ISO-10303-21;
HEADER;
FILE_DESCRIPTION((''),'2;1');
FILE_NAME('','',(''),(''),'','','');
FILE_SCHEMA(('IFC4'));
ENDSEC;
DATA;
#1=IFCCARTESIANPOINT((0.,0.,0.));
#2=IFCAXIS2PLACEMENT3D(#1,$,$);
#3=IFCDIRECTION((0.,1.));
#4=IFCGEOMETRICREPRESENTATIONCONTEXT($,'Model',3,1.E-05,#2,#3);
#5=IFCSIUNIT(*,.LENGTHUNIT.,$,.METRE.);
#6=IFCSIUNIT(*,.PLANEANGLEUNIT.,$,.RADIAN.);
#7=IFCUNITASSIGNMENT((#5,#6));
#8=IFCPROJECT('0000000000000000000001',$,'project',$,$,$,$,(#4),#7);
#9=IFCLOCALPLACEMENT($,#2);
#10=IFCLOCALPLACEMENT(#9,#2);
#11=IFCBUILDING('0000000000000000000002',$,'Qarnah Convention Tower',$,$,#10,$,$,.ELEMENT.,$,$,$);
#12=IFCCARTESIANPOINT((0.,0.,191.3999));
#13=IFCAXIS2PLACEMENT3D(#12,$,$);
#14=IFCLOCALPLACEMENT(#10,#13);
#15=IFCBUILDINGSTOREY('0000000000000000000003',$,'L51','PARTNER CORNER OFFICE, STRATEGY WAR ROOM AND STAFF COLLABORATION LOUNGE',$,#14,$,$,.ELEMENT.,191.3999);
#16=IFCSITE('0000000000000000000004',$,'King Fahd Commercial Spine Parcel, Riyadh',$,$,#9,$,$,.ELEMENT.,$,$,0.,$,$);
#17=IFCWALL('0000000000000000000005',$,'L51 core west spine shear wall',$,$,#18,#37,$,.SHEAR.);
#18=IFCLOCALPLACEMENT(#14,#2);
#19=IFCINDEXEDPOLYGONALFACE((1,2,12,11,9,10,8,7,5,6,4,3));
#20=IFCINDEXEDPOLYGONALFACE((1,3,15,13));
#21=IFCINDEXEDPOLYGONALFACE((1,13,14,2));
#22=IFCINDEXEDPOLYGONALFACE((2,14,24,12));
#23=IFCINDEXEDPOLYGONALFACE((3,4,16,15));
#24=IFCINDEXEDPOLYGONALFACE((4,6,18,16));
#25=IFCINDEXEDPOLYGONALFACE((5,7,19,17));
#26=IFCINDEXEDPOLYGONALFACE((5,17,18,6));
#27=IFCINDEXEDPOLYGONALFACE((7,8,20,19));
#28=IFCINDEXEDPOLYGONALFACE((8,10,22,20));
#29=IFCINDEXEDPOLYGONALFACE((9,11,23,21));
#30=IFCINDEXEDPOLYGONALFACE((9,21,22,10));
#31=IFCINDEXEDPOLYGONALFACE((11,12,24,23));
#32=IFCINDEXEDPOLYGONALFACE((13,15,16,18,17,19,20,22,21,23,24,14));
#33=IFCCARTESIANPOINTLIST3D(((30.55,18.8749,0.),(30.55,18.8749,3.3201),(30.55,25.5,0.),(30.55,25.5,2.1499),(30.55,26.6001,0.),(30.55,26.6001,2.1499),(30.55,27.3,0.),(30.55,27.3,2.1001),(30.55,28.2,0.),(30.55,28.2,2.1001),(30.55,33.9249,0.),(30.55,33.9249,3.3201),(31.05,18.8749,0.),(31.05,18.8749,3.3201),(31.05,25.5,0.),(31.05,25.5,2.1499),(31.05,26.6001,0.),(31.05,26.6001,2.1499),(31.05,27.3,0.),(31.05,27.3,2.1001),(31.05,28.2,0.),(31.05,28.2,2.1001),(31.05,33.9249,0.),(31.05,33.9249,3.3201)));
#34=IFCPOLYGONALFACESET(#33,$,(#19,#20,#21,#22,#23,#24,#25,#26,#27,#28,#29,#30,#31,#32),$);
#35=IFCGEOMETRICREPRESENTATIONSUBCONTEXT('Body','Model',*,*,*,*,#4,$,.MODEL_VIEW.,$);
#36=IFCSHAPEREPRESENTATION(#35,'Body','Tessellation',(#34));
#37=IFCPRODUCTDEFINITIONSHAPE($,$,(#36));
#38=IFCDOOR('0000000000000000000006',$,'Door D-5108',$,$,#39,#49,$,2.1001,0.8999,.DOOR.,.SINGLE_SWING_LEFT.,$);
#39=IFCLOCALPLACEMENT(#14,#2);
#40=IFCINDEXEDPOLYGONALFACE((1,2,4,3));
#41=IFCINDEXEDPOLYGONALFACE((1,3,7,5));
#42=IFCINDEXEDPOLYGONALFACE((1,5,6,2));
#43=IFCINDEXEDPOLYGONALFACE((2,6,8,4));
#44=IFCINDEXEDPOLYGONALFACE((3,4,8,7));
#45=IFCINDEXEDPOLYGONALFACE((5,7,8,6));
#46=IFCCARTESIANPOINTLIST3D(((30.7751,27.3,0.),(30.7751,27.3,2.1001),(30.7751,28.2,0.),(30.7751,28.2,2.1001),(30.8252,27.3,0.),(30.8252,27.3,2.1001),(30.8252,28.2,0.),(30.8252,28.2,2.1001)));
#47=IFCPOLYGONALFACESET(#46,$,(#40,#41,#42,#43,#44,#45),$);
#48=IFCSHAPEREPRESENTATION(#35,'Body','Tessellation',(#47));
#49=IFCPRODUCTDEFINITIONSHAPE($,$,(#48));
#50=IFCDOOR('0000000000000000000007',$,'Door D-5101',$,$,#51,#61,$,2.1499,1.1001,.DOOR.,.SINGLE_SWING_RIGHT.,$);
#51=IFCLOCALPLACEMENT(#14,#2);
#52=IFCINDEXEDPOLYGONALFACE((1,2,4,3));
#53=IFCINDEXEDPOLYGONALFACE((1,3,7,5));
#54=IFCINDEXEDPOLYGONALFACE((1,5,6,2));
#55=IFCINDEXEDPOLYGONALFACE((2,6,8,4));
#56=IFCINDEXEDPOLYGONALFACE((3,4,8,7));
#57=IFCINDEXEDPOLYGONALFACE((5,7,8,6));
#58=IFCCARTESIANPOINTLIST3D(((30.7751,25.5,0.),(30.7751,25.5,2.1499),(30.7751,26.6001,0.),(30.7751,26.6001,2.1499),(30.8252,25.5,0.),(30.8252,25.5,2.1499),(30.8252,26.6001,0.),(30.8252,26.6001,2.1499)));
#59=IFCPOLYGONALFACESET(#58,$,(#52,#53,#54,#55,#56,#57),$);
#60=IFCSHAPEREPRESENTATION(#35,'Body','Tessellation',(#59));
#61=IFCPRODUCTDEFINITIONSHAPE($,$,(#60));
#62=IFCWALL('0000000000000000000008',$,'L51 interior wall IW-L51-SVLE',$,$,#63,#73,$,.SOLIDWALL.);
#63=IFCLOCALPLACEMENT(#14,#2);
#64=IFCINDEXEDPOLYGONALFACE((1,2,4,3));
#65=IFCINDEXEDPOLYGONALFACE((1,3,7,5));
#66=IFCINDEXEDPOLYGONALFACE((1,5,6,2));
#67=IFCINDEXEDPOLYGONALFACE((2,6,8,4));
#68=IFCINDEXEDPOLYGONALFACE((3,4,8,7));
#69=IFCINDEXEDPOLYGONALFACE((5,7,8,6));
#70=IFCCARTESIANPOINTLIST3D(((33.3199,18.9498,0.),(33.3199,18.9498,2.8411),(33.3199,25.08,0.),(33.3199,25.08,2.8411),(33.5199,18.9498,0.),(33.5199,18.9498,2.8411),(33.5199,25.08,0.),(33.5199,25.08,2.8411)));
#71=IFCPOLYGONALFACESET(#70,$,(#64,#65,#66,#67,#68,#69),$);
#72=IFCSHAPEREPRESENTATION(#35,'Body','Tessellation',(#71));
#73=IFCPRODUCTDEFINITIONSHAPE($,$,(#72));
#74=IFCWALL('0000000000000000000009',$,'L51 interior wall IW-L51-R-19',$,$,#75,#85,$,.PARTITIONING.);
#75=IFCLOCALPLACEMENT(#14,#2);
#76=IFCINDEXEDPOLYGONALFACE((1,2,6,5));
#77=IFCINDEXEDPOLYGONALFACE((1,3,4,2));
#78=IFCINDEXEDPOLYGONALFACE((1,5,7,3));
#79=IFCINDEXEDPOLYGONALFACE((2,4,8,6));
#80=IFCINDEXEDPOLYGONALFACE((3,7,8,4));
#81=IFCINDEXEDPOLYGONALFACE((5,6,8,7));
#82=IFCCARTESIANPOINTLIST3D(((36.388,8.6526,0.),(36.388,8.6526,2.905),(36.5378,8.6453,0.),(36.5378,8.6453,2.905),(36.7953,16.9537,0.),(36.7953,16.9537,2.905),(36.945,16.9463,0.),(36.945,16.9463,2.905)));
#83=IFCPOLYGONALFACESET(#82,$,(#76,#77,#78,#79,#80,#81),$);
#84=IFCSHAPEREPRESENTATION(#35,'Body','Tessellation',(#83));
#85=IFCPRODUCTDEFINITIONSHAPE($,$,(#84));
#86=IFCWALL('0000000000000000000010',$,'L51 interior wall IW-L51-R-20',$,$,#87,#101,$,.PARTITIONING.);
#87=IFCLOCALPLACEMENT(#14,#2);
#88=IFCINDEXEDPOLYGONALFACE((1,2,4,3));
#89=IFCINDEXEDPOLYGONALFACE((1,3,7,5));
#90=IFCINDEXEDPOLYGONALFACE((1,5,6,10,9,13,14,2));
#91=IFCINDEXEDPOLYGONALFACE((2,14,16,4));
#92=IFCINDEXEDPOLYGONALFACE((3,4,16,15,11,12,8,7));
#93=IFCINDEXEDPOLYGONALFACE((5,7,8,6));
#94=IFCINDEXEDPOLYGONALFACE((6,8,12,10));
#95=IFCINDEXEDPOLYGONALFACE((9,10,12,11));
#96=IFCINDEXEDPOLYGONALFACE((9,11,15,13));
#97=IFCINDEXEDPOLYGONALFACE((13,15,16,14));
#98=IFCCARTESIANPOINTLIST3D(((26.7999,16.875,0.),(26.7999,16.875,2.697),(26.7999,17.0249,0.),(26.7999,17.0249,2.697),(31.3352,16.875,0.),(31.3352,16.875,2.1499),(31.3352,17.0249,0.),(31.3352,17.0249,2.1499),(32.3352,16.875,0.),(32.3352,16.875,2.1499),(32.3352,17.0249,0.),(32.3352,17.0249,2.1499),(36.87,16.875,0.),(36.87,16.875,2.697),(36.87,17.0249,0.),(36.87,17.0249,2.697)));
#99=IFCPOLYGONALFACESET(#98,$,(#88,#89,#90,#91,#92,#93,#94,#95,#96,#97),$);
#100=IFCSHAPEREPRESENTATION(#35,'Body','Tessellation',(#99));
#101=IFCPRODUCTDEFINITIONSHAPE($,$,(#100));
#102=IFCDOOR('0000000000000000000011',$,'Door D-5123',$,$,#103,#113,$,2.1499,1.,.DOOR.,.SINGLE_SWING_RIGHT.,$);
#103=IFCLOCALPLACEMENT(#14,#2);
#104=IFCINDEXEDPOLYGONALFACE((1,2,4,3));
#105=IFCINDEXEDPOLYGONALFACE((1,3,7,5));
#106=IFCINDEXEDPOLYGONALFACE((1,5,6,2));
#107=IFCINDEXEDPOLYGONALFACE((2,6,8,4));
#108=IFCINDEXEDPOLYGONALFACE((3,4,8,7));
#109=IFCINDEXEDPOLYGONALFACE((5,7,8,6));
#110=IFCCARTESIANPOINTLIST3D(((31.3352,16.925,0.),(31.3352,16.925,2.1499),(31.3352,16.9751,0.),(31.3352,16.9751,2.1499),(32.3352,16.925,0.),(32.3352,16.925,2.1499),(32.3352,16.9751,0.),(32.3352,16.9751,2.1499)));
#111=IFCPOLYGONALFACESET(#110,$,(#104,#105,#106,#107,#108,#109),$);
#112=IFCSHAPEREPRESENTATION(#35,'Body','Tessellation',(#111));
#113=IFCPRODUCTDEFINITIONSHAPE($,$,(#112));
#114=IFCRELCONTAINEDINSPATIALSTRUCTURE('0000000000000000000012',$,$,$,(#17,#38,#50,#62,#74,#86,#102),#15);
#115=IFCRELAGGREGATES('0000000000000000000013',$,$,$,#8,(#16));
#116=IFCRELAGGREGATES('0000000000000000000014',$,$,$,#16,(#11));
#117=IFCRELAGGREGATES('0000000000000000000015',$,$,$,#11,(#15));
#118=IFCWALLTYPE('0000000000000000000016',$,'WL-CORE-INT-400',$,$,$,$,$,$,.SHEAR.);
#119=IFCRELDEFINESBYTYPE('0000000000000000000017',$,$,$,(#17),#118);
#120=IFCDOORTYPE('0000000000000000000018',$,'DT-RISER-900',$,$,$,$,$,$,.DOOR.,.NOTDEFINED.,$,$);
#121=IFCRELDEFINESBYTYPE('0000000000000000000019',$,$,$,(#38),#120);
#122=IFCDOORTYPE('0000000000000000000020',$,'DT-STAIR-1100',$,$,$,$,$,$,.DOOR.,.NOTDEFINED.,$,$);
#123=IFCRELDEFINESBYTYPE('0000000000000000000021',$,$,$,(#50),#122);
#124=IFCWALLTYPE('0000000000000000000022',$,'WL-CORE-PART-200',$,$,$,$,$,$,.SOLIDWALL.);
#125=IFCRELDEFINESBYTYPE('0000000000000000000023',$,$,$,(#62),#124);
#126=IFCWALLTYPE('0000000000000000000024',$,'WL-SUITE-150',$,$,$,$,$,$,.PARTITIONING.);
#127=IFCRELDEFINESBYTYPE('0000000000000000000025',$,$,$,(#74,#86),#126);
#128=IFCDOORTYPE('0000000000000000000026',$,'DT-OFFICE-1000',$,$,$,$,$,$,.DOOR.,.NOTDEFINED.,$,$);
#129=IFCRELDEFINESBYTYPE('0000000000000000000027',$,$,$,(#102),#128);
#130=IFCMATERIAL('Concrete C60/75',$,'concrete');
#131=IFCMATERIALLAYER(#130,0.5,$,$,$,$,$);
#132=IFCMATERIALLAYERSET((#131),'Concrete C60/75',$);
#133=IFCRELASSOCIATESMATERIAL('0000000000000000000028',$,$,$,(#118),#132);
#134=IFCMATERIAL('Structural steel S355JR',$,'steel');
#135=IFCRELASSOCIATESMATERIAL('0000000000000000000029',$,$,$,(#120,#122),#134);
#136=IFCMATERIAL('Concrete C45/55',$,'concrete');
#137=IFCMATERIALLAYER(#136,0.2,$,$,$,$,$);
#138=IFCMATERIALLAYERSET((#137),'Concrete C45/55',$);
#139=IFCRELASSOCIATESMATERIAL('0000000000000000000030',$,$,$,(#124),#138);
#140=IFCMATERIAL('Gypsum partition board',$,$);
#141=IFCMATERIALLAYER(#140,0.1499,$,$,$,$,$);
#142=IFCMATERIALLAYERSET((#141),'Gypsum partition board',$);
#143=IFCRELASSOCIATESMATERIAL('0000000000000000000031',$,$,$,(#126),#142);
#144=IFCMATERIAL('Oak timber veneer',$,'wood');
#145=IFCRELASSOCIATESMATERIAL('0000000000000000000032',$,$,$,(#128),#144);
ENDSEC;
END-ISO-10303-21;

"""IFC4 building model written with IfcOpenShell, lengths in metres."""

from ifc_helpers import new_model, si_unit, direction, frame, frame_2d, origin, place, context, subcontext, project, spatial, rectangle, extrude, material, layer, layer_set, type_object, element, fill, save


model = new_model("IFC4")

# Units and contexts
model_context = context("Model", 3, precision=1e-05, world=origin(), true_north=direction((0.0, 1.0)))
body_context = subcontext(model_context, "Body", "Model", "MODEL_VIEW")
ifc_project = project(units=[si_unit("LENGTHUNIT", "METRE"), si_unit("PLANEANGLEUNIT", "RADIAN")], contexts=[model_context])

# Site, building, storey
site_placement = place(None, origin())
site = spatial("IfcSite", under=ifc_project, at=site_placement, Name="King Fahd Commercial Spine Parcel, Riyadh", CompositionType="ELEMENT", RefElevation=0.0)
building_placement = place(site_placement, origin())
building = spatial("IfcBuilding", under=site, at=building_placement, Name="Qarnah Convention Tower", CompositionType="ELEMENT")
storey_placement = place(building_placement, frame((0.0, 0.0, 191.3999)))
storey = spatial("IfcBuildingStorey", under=building, at=storey_placement, Name="L51", Description="PARTNER CORNER OFFICE, STRATEGY WAR ROOM AND STAFF COLLABORATION LOUNGE", CompositionType="ELEMENT", Elevation=191.3999)

# Shared definitions
ifc_material_1 = material(Name="Structural steel S355JR", Category="steel")

# Wall, openings, doors
ifc_material_2 = material(Name="Concrete C60/75", Category="concrete")
ifc_layer_1 = layer(ifc_material_2, 0.5)
ifc_layer_set_1 = layer_set([ifc_layer_1], Name="Concrete C60/75")
wall_type_1 = type_object("IfcWallType", Name="WL-CORE-INT-400", PredefinedType="SHEAR", material=ifc_layer_set_1)
wall_1_placement = place(storey_placement, frame((30.8, 18.875, 0.0), z_axis=(0.0, 0.0, 1.0), x_axis=(0.0, 1.0, 0.0)))
wall_1 = element("IfcWall", 1, at=wall_1_placement, inside=storey, type_object=wall_type_1, Name="L51 core west spine shear wall", PredefinedType="SHEAR", context=body_context, shape_type="SweptSolid", body=[
    extrude(rectangle(XDim=15.05, YDim=0.5, at=frame_2d((7.5249, 0.0))), origin(), (0.0, 0.0, 1.0), 3.3201),
])
opening_1_placement = place(wall_1_placement, frame((6.625, 0.0, 0.0)))
opening_1 = element("IfcOpeningElement", 2, at=opening_1_placement, cuts=wall_1, PredefinedType="OPENING", context=body_context, shape_type="SweptSolid", body=[
    extrude(rectangle(XDim=1.1001, YDim=2.1499, at=frame_2d((0.55, 1.075))), frame((0.0, 0.26, 0.0), z_axis=(0.0, -1.0, 0.0), x_axis=(1.0, 0.0, 0.0)), (0.0, 0.0, 1.0), 0.52),
])
opening_2_placement = place(wall_1_placement, frame((8.425, 0.0, 0.0)))
opening_2 = element("IfcOpeningElement", 3, at=opening_2_placement, cuts=wall_1, PredefinedType="OPENING", context=body_context, shape_type="SweptSolid", body=[
    extrude(rectangle(XDim=0.8999, YDim=2.1001, at=frame_2d((0.45, 1.05))), frame((0.0, 0.26, 0.0), z_axis=(0.0, -1.0, 0.0), x_axis=(1.0, 0.0, 0.0)), (0.0, 0.0, 1.0), 0.52),
])
door_type_1 = type_object("IfcDoorType", Name="DT-RISER-900", OperationType="NOTDEFINED", PredefinedType="DOOR", material=ifc_material_1)
door_1_placement = place(opening_2_placement, origin())
door_1 = element("IfcDoor", 4, at=door_1_placement, inside=storey, type_object=door_type_1, Name="Door D-5108", OperationType="SINGLE_SWING_LEFT", OverallHeight=2.1001, OverallWidth=0.8999, PredefinedType="DOOR", context=body_context, shape_type="SweptSolid", body=[
    extrude(rectangle(XDim=0.8999, YDim=2.1001, at=frame_2d((0.45, 1.05))), frame((0.0, 0.0249, 0.0), z_axis=(0.0, -1.0, 0.0), x_axis=(1.0, 0.0, 0.0)), (0.0, 0.0, 1.0), 0.05),
])
fill(opening_2, door_1)
door_type_2 = type_object("IfcDoorType", Name="DT-STAIR-1100", OperationType="NOTDEFINED", PredefinedType="DOOR", material=ifc_material_1)
door_2_placement = place(opening_1_placement, origin())
door_2 = element("IfcDoor", 5, at=door_2_placement, inside=storey, type_object=door_type_2, Name="Door D-5101", OperationType="SINGLE_SWING_RIGHT", OverallHeight=2.1499, OverallWidth=1.1001, PredefinedType="DOOR", context=body_context, shape_type="SweptSolid", body=[
    extrude(rectangle(XDim=1.1001, YDim=2.1499, at=frame_2d((0.55, 1.075))), frame((0.0, 0.0249, 0.0), z_axis=(0.0, -1.0, 0.0), x_axis=(1.0, 0.0, 0.0)), (0.0, 0.0, 1.0), 0.05),
])
fill(opening_1, door_2)

# Walls
ifc_material_3 = material(Name="Concrete C45/55", Category="concrete")
ifc_layer_2 = layer(ifc_material_3, 0.2)
ifc_layer_set_2 = layer_set([ifc_layer_2], Name="Concrete C45/55")
wall_type_2 = type_object("IfcWallType", Name="WL-CORE-PART-200", PredefinedType="SOLIDWALL", material=ifc_layer_set_2)
wall_2_placement = place(storey_placement, frame((33.4199, 18.95, 0.0), z_axis=(0.0, 0.0, 1.0), x_axis=(0.0, 1.0, 0.0)))
element("IfcWall", 6, at=wall_2_placement, inside=storey, type_object=wall_type_2, Name="L51 interior wall IW-L51-SVLE", PredefinedType="SOLIDWALL", context=body_context, shape_type="SweptSolid", body=[
    extrude(rectangle(XDim=6.1301, YDim=0.2, at=frame_2d((3.0649, 0.0))), origin(), (0.0, 0.0, 1.0), 2.8411),
])
ifc_material_4 = material(Name="Gypsum partition board")
ifc_layer_3 = layer(ifc_material_4, 0.1499)
ifc_layer_set_3 = layer_set([ifc_layer_3], Name="Gypsum partition board")
wall_type_3 = type_object("IfcWallType", Name="WL-SUITE-150", PredefinedType="PARTITIONING", material=ifc_layer_set_3)
wall_3_placement = place(storey_placement, frame((36.4629, 8.6489, 0.0), z_axis=(0.0, 0.0, 1.0), x_axis=(0.048998, 0.998799, 0.0)))
element("IfcWall", 7, at=wall_3_placement, inside=storey, type_object=wall_type_3, Name="L51 interior wall IW-L51-R-19", PredefinedType="PARTITIONING", context=body_context, shape_type="SweptSolid", body=[
    extrude(rectangle(XDim=8.311, YDim=0.1499, at=frame_2d((4.1555, 0.0))), origin(), (0.0, 0.0, 1.0), 2.905),
])

# Wall, opening, door
wall_4_placement = place(storey_placement, frame((36.8701, 16.95, 0.0), z_axis=(0.0, 0.0, 1.0), x_axis=(-1.0, 0.0, 0.0)))
wall_4 = element("IfcWall", 8, at=wall_4_placement, inside=storey, type_object=wall_type_3, Name="L51 interior wall IW-L51-R-20", PredefinedType="PARTITIONING", context=body_context, shape_type="SweptSolid", body=[
    extrude(rectangle(XDim=10.0701, YDim=0.1499, at=frame_2d((5.0352, 0.0))), origin(), (0.0, 0.0, 1.0), 2.697),
])
opening_3_placement = place(wall_4_placement, frame((4.5349, 0.0, 0.0)))
opening_3 = element("IfcOpeningElement", 9, at=opening_3_placement, cuts=wall_4, PredefinedType="OPENING", context=body_context, shape_type="SweptSolid", body=[
    extrude(rectangle(XDim=1.0, YDim=2.1499, at=frame_2d((0.5, 1.075))), frame((0.0, 0.085, 0.0), z_axis=(0.0, -1.0, 0.0), x_axis=(1.0, 0.0, 0.0)), (0.0, 0.0, 1.0), 0.1699),
])
ifc_material_5 = material(Name="Oak timber veneer", Category="wood")
door_type_3 = type_object("IfcDoorType", Name="DT-OFFICE-1000", OperationType="NOTDEFINED", PredefinedType="DOOR", material=ifc_material_5)
door_3_placement = place(opening_3_placement, origin())
door_3 = element("IfcDoor", 10, at=door_3_placement, inside=storey, type_object=door_type_3, Name="Door D-5123", OperationType="SINGLE_SWING_RIGHT", OverallHeight=2.1499, OverallWidth=1.0, PredefinedType="DOOR", context=body_context, shape_type="SweptSolid", body=[
    extrude(rectangle(XDim=1.0, YDim=2.1499, at=frame_2d((0.5, 1.075))), frame((0.0, 0.0249, 0.0), z_axis=(0.0, -1.0, 0.0), x_axis=(1.0, 0.0, 0.0)), (0.0, 0.0, 1.0), 0.05),
])
fill(opening_3, door_3)

save(model, "model.ifc")
